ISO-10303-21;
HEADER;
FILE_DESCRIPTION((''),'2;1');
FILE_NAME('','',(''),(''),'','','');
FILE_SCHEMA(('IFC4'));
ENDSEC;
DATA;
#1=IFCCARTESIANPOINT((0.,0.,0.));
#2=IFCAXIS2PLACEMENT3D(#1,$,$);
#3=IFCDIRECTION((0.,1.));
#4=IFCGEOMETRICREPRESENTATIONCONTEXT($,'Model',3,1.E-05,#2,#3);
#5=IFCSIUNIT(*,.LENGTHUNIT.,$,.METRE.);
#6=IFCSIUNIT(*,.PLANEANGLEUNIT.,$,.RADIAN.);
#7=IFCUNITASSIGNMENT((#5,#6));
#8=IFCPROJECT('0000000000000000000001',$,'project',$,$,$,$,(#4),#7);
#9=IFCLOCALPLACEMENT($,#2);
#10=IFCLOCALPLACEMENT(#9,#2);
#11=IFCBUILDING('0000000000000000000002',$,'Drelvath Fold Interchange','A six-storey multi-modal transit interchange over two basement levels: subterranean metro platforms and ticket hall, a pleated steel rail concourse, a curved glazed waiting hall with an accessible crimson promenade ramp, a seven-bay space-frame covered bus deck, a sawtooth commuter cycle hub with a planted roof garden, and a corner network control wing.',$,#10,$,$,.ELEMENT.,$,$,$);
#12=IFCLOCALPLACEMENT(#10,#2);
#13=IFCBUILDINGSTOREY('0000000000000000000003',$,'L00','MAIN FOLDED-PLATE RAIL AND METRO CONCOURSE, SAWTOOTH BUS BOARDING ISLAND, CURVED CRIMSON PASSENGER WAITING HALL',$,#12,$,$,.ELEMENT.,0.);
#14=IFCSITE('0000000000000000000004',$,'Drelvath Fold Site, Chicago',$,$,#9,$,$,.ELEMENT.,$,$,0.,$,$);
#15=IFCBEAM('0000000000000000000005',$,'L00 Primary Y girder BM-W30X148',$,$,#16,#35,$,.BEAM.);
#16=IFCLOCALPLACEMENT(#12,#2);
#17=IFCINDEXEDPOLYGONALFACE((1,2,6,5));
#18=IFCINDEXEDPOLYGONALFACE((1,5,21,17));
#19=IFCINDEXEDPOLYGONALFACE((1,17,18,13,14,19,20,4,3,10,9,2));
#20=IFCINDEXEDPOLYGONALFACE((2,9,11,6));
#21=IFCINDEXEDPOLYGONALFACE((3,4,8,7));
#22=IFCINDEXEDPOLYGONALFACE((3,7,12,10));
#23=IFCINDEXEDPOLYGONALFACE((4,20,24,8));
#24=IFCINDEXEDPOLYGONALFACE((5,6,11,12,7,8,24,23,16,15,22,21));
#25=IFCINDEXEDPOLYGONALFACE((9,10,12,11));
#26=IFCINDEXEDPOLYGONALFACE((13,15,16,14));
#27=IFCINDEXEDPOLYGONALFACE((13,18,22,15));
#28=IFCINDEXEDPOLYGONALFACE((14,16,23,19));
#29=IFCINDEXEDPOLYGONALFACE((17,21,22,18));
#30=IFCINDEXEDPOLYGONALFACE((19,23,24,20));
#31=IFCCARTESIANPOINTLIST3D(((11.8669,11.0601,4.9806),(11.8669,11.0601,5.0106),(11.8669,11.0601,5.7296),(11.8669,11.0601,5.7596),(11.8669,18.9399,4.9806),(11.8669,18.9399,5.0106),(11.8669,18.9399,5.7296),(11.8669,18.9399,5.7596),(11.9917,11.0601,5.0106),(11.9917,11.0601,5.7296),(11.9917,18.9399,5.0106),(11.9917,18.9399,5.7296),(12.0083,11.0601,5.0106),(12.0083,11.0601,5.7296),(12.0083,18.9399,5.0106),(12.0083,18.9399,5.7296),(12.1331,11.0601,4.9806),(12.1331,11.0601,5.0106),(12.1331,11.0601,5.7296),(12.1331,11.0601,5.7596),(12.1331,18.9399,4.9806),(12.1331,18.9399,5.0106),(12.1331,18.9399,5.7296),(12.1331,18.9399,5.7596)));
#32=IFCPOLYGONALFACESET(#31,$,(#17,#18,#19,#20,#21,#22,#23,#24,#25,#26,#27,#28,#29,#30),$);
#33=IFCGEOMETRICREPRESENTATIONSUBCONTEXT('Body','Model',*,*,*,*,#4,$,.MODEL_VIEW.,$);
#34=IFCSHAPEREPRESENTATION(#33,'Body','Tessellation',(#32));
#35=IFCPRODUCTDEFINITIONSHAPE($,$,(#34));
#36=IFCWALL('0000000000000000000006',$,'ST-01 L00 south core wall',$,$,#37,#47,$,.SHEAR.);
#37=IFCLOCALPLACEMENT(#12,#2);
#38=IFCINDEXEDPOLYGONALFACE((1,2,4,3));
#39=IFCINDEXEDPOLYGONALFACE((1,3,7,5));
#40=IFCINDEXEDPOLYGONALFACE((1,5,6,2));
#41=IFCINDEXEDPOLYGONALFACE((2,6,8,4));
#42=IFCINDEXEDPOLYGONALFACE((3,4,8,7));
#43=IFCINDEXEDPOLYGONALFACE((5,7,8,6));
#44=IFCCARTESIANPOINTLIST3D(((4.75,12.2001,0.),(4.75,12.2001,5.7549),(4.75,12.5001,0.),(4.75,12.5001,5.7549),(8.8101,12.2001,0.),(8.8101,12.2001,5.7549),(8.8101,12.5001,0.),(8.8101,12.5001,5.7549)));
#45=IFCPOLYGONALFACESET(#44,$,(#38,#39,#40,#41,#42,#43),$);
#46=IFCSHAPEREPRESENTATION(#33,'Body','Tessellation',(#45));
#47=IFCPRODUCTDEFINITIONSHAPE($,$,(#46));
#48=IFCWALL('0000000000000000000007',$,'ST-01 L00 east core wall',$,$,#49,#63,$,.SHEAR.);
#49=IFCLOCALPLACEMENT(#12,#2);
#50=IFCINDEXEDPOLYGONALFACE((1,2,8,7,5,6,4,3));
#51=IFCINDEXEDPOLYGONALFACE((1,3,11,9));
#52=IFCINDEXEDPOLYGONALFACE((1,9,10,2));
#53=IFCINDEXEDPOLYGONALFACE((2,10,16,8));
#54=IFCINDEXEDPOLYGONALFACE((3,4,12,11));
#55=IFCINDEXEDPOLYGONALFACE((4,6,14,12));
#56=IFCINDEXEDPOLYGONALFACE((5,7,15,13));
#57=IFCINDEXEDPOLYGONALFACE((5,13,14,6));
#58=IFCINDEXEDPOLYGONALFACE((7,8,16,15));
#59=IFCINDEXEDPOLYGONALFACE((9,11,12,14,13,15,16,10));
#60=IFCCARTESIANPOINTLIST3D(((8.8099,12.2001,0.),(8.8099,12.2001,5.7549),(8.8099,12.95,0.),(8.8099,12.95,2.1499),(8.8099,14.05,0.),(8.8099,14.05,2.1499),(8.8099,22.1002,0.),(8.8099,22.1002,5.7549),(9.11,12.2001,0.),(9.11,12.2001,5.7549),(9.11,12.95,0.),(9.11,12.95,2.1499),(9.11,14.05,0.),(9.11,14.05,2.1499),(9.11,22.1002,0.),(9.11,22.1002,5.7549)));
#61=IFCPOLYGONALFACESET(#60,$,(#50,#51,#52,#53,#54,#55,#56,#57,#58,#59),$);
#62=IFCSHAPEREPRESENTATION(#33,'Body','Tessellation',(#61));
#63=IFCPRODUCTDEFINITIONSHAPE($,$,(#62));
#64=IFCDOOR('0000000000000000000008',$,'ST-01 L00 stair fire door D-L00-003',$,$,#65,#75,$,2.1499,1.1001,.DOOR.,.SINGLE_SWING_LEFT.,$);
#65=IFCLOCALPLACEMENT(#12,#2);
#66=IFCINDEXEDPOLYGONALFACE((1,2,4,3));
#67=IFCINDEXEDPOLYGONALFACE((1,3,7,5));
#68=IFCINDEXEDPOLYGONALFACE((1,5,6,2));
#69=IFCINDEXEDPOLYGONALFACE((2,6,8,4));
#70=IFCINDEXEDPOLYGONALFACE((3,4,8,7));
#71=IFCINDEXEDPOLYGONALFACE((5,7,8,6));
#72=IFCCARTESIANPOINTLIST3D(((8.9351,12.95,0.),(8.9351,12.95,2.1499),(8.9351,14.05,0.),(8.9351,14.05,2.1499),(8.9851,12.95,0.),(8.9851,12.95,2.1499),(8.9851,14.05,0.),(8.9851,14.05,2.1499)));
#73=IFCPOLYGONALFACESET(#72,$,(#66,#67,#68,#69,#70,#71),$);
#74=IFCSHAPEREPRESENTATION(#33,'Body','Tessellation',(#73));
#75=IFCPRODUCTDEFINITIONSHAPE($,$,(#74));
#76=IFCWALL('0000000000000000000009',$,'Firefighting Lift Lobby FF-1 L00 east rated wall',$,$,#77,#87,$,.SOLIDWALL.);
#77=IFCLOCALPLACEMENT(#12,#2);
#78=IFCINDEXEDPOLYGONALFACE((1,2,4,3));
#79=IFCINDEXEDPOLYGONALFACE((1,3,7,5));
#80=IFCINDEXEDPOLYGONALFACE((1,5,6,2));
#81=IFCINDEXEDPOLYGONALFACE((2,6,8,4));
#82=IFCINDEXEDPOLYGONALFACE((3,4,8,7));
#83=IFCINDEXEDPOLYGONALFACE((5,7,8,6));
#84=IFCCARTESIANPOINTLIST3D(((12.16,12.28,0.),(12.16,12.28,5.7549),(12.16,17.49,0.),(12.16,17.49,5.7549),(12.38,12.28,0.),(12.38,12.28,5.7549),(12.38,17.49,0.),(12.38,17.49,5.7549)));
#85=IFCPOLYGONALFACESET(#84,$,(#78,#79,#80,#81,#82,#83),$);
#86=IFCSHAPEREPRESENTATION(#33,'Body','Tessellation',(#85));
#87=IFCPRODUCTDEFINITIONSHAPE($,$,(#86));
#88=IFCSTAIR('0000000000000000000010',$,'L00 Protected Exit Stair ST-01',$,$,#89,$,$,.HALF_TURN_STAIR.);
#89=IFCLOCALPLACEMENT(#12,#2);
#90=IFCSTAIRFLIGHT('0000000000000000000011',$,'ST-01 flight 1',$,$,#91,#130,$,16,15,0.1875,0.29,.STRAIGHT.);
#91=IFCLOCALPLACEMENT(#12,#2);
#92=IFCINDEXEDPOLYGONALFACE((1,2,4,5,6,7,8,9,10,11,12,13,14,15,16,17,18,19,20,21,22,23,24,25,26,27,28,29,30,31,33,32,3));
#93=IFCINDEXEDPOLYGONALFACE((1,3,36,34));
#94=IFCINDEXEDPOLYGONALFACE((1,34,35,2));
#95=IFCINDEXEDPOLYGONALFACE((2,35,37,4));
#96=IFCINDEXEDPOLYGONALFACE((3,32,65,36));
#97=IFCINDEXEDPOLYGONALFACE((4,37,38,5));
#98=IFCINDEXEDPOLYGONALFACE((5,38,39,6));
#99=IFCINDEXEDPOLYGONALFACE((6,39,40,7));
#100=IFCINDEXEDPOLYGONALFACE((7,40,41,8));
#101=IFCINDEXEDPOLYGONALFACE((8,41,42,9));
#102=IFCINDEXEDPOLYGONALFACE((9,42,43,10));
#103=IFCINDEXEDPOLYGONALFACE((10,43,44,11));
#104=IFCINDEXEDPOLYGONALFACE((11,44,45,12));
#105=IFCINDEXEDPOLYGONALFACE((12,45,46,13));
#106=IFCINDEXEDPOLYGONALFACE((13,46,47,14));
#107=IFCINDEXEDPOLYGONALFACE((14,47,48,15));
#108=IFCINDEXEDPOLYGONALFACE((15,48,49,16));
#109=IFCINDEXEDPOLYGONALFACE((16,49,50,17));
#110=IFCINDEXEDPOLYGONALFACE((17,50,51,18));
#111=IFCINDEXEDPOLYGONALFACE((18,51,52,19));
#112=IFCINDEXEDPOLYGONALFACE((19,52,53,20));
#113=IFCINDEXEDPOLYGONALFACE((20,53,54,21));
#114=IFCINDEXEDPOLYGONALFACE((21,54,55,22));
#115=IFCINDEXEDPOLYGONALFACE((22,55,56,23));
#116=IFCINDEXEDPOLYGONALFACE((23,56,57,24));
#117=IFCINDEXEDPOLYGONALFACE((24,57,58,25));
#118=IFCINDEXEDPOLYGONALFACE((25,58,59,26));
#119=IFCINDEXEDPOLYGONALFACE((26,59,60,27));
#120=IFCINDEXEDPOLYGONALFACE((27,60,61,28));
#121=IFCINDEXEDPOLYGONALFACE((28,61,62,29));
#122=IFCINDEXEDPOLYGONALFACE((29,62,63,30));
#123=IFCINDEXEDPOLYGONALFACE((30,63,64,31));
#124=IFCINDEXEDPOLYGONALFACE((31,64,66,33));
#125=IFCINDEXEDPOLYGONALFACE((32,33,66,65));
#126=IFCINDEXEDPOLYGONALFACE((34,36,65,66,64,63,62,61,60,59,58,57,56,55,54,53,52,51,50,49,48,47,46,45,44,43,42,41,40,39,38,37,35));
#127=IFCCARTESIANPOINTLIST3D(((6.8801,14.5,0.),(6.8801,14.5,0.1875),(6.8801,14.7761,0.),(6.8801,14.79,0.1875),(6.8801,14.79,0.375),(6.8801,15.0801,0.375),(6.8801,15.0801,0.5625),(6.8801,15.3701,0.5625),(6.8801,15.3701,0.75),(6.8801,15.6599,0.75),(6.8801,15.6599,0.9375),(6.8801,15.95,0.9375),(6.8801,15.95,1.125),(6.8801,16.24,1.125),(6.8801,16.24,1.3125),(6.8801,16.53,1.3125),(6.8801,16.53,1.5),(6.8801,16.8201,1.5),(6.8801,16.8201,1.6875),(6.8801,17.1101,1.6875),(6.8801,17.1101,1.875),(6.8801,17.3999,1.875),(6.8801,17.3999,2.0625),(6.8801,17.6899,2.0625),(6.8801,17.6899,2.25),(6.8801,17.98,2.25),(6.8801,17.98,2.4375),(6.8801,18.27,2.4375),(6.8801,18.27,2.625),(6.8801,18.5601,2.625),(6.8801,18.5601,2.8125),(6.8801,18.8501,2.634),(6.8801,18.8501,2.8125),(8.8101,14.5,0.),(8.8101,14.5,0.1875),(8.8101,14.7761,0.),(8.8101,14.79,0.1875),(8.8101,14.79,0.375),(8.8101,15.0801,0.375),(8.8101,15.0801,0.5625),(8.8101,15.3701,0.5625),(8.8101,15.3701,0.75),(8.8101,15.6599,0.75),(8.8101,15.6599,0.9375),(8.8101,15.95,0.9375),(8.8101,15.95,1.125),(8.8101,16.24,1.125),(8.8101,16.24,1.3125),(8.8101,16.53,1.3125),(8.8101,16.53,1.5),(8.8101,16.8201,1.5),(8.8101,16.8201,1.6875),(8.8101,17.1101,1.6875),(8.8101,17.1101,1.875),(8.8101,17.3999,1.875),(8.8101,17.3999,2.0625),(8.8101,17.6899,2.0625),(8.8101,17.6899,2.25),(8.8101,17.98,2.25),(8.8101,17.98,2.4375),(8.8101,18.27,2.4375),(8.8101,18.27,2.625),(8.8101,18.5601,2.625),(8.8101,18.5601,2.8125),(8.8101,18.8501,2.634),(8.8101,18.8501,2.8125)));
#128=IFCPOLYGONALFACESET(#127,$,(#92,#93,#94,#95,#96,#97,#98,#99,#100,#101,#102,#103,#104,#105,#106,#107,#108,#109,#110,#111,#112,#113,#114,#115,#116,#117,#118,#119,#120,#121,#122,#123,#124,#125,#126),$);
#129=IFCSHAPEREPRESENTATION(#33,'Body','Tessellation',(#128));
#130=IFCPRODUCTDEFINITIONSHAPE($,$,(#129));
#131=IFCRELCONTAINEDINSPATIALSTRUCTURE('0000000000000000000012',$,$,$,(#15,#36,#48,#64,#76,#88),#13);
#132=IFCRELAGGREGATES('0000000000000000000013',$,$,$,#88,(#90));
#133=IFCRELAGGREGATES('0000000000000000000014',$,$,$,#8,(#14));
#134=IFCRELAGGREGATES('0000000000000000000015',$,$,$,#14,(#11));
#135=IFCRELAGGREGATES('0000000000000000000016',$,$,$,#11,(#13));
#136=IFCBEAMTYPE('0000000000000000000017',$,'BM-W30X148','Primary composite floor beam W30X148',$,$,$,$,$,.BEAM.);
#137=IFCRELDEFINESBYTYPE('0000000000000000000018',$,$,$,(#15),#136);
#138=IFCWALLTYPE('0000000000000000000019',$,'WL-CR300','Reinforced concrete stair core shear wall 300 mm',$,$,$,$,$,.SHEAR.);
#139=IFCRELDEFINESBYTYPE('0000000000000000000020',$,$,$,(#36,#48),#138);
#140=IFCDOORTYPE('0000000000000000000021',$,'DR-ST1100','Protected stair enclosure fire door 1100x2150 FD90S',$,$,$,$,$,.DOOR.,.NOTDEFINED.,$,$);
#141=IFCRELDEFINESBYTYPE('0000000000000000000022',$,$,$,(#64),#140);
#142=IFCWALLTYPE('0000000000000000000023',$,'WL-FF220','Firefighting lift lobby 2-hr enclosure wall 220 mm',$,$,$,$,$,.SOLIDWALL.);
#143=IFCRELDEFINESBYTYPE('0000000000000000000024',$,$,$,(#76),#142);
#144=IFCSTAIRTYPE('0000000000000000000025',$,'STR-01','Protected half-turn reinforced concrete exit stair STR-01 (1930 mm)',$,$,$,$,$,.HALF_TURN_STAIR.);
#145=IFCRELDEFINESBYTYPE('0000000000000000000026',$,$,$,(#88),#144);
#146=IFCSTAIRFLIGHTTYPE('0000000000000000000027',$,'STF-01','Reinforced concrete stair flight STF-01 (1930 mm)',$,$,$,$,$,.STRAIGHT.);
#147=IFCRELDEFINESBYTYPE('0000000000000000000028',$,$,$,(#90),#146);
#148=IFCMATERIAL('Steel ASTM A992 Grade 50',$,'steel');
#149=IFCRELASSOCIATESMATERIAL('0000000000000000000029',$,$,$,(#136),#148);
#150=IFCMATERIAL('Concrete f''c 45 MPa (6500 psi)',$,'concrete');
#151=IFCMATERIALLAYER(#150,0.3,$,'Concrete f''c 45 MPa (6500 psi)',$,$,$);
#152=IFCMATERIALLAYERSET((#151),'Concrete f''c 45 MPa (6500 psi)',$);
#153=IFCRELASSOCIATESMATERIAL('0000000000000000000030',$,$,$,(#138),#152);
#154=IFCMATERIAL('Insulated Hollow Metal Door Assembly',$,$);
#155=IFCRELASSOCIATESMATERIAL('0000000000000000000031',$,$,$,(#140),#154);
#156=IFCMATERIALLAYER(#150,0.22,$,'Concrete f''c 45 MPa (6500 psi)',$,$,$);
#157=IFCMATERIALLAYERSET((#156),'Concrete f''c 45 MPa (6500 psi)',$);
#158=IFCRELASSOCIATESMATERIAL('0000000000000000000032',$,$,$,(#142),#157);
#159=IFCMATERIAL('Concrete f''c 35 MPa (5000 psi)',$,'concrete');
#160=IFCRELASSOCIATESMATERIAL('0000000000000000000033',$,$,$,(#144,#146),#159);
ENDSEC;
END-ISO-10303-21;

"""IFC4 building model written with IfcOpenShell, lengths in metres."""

from ifc_helpers import new_model, si_unit, direction, frame, frame_2d, origin, origin_2d, place, context, subcontext, project, spatial, polyline, rectangle, i_section, outline, extrude, material, layer, layer_set, material_profile, profile_set, type_object, element, fill, aggregate, save


model = new_model("IFC4")

# Units and contexts
model_context = context("Model", 3, precision=1e-05, world=origin(), true_north=direction((0.0, 1.0)))
body_context = subcontext(model_context, "Body", "Model", "MODEL_VIEW")
ifc_project = project(units=[si_unit("LENGTHUNIT", "METRE"), si_unit("PLANEANGLEUNIT", "RADIAN")], contexts=[model_context])

# Site, building, storey
site_placement = place(None, origin())
site = spatial("IfcSite", under=ifc_project, at=site_placement, Name="Drelvath Fold Site, Chicago", CompositionType="ELEMENT", RefElevation=0.0)
building_placement = place(site_placement, origin())
building = spatial("IfcBuilding", under=site, at=building_placement, Name="Drelvath Fold Interchange", Description="A six-storey multi-modal transit interchange over two basement levels: subterranean metro platforms and ticket hall, a pleated steel rail concourse, a curved glazed waiting hall with an accessible crimson promenade ramp, a seven-bay space-frame covered bus deck, a sawtooth commuter cycle hub with a planted roof garden, and a corner network control wing.", CompositionType="ELEMENT")
storey_placement = place(building_placement, origin())
storey = spatial("IfcBuildingStorey", under=building, at=storey_placement, Name="L00", Description="MAIN FOLDED-PLATE RAIL AND METRO CONCOURSE, SAWTOOTH BUS BOARDING ISLAND, CURVED CRIMSON PASSENGER WAITING HALL", CompositionType="ELEMENT", Elevation=0.0)

# Shared definitions
ifc_material_1 = material(Name="Steel ASTM A992 Grade 50", Category="steel")

# Beam
ifc_material_profile_1 = material_profile(ifc_material_1, i_section(OverallWidth=0.2661, OverallDepth=0.7791, WebThickness=0.0166, FlangeThickness=0.03, at=origin_2d()), Name="W30X148")
ifc_profile_set_1 = profile_set([ifc_material_profile_1], Name="Steel ASTM A992 Grade 50")
beam_type_1 = type_object("IfcBeamType", Name="BM-W30X148", Description="Primary composite floor beam W30X148", PredefinedType="BEAM", material=ifc_profile_set_1)
beam_1_placement = place(storey_placement, frame((12.0, 11.0601, 5.3701), z_axis=(0.0, 1.0, 0.0), x_axis=(-1.0, 0.0, 0.0)))
element("IfcBeam", 1, at=beam_1_placement, inside=storey, type_object=beam_type_1, Name="L00 Primary Y girder BM-W30X148", PredefinedType="BEAM", context=body_context, shape_type="SweptSolid", body=[
    extrude(i_section(OverallWidth=0.2661, OverallDepth=0.7791, WebThickness=0.0166, FlangeThickness=0.03, at=origin_2d()), origin(), (0.0, 0.0, 1.0), 7.8799),
])

# Wall
ifc_material_2 = material(Name="Concrete f'c 45 MPa (6500 psi)", Category="concrete")
ifc_layer_1 = layer(ifc_material_2, 0.3, Name="Concrete f'c 45 MPa (6500 psi)")
ifc_layer_set_1 = layer_set([ifc_layer_1], Name="Concrete f'c 45 MPa (6500 psi)")
wall_type_1 = type_object("IfcWallType", Name="WL-CR300", Description="Reinforced concrete stair core shear wall 300 mm", PredefinedType="SHEAR", material=ifc_layer_set_1)
wall_1_placement = place(storey_placement, frame((4.75, 12.3501, 0.0), z_axis=(0.0, 0.0, 1.0), x_axis=(1.0, 0.0, 0.0)))
element("IfcWall", 2, at=wall_1_placement, inside=storey, type_object=wall_type_1, Name="ST-01 L00 south core wall", PredefinedType="SHEAR", context=body_context, shape_type="SweptSolid", body=[
    extrude(rectangle(XDim=4.0601, YDim=0.3, at=frame_2d((2.03, 0.0))), origin(), (0.0, 0.0, 1.0), 5.7549),
])

# Wall, opening, door
wall_2_placement = place(storey_placement, frame((8.96, 12.2, 0.0), z_axis=(0.0, 0.0, 1.0), x_axis=(0.0, 1.0, 0.0)))
wall_2 = element("IfcWall", 3, at=wall_2_placement, inside=storey, type_object=wall_type_1, Name="ST-01 L00 east core wall", PredefinedType="SHEAR", context=body_context, shape_type="SweptSolid", body=[
    extrude(rectangle(XDim=9.9001, YDim=0.3, at=frame_2d((4.9502, 0.0))), origin(), (0.0, 0.0, 1.0), 5.7549),
])
opening_1_placement = place(wall_2_placement, frame((0.75, 0.0, 0.0)))
opening_1 = element("IfcOpeningElement", 4, at=opening_1_placement, cuts=wall_2, PredefinedType="OPENING", context=body_context, shape_type="SweptSolid", body=[
    extrude(rectangle(XDim=1.1001, YDim=2.1499, at=frame_2d((0.55, 1.075))), frame((0.0, 0.1599, 0.0), z_axis=(0.0, -1.0, 0.0), x_axis=(1.0, 0.0, 0.0)), (0.0, 0.0, 1.0), 0.3201),
])
ifc_material_3 = material(Name="Insulated Hollow Metal Door Assembly")
door_type_1 = type_object("IfcDoorType", Name="DR-ST1100", Description="Protected stair enclosure fire door 1100x2150 FD90S", OperationType="NOTDEFINED", PredefinedType="DOOR", material=ifc_material_3)
door_1_placement = place(opening_1_placement, origin())
door_1 = element("IfcDoor", 5, at=door_1_placement, inside=storey, type_object=door_type_1, Name="ST-01 L00 stair fire door D-L00-003", OperationType="SINGLE_SWING_LEFT", OverallHeight=2.1499, OverallWidth=1.1001, PredefinedType="DOOR", context=body_context, shape_type="SweptSolid", body=[
    extrude(rectangle(XDim=1.1001, YDim=2.1499, at=frame_2d((0.55, 1.075))), frame((0.0, 0.0249, 0.0), z_axis=(0.0, -1.0, 0.0), x_axis=(1.0, 0.0, 0.0)), (0.0, 0.0, 1.0), 0.05),
])
fill(opening_1, door_1)
ifc_layer_2 = layer(ifc_material_2, 0.22, Name="Concrete f'c 45 MPa (6500 psi)")
ifc_layer_set_2 = layer_set([ifc_layer_2], Name="Concrete f'c 45 MPa (6500 psi)")
wall_type_2 = type_object("IfcWallType", Name="WL-FF220", Description="Firefighting lift lobby 2-hr enclosure wall 220 mm", PredefinedType="SOLIDWALL", material=ifc_layer_set_2)

# Wall
wall_3_placement = place(storey_placement, frame((12.27, 12.28, 0.0), z_axis=(0.0, 0.0, 1.0), x_axis=(0.0, 1.0, 0.0)))
element("IfcWall", 6, at=wall_3_placement, inside=storey, type_object=wall_type_2, Name="Firefighting Lift Lobby FF-1 L00 east rated wall", PredefinedType="SOLIDWALL", context=body_context, shape_type="SweptSolid", body=[
    extrude(rectangle(XDim=5.21, YDim=0.22, at=frame_2d((2.605, 0.0))), origin(), (0.0, 0.0, 1.0), 5.7549),
])

# Stair, stair flight
ifc_material_4 = material(Name="Concrete f'c 35 MPa (5000 psi)", Category="concrete")
stair_type = type_object("IfcStairType", Name="STR-01", Description="Protected half-turn reinforced concrete exit stair STR-01 (1930 mm)", PredefinedType="HALF_TURN_STAIR", material=ifc_material_4)
stair_placement = place(storey_placement, origin())
stair = element("IfcStair", 7, at=stair_placement, inside=storey, type_object=stair_type, Name="L00 Protected Exit Stair ST-01", PredefinedType="HALF_TURN_STAIR")
stair_flight_type = type_object("IfcStairFlightType", Name="STF-01", Description="Reinforced concrete stair flight STF-01 (1930 mm)", PredefinedType="STRAIGHT", material=ifc_material_4)
stair_flight_placement = place(storey_placement, frame((7.845, 14.5, 0.0), z_axis=(0.0, 0.0, 1.0), x_axis=(0.0, 1.0, 0.0)))
stair_flight = element("IfcStairFlight", 8, at=stair_flight_placement, type_object=stair_flight_type, Name="ST-01 flight 1", NumberOfRisers=16, NumberOfTreads=15, PredefinedType="STRAIGHT", RiserHeight=0.1875, TreadLength=0.29, context=body_context, shape_type="SweptSolid", body=[
    extrude(outline(polyline([(0.0, 0.0), (0.0, 0.1875), (0.29, 0.1875), (0.29, 0.375), (0.5801, 0.375), (0.5801, 0.5625), (0.8701, 0.5625), (0.8701, 0.75), (1.1599, 0.75), (1.1599, 0.9375), (1.45, 0.9375), (1.45, 1.125), (1.74, 1.125), (1.74, 1.3125), (2.03, 1.3125), (2.03, 1.5), (2.3201, 1.5), (2.3201, 1.6875), (2.6101, 1.6875), (2.6101, 1.875), (2.8999, 1.875), (2.8999, 2.0625), (3.1899, 2.0625), (3.1899, 2.25), (3.48, 2.25), (3.48, 2.4375), (3.77, 2.4375), (3.77, 2.625), (4.0601, 2.625), (4.0601, 2.8125), (4.3501, 2.8125), (4.3501, 3.0), (4.3501, 2.634), (0.2761, 0.0), (0.0, 0.0)])), frame((0.0, 0.9648, 0.0), z_axis=(0.0, -1.0, 0.0), x_axis=(1.0, 0.0, 0.0)), (0.0, 0.0, 1.0), 1.9299),
])
aggregate(stair, [stair_flight])

save(model, "model.ifc")
